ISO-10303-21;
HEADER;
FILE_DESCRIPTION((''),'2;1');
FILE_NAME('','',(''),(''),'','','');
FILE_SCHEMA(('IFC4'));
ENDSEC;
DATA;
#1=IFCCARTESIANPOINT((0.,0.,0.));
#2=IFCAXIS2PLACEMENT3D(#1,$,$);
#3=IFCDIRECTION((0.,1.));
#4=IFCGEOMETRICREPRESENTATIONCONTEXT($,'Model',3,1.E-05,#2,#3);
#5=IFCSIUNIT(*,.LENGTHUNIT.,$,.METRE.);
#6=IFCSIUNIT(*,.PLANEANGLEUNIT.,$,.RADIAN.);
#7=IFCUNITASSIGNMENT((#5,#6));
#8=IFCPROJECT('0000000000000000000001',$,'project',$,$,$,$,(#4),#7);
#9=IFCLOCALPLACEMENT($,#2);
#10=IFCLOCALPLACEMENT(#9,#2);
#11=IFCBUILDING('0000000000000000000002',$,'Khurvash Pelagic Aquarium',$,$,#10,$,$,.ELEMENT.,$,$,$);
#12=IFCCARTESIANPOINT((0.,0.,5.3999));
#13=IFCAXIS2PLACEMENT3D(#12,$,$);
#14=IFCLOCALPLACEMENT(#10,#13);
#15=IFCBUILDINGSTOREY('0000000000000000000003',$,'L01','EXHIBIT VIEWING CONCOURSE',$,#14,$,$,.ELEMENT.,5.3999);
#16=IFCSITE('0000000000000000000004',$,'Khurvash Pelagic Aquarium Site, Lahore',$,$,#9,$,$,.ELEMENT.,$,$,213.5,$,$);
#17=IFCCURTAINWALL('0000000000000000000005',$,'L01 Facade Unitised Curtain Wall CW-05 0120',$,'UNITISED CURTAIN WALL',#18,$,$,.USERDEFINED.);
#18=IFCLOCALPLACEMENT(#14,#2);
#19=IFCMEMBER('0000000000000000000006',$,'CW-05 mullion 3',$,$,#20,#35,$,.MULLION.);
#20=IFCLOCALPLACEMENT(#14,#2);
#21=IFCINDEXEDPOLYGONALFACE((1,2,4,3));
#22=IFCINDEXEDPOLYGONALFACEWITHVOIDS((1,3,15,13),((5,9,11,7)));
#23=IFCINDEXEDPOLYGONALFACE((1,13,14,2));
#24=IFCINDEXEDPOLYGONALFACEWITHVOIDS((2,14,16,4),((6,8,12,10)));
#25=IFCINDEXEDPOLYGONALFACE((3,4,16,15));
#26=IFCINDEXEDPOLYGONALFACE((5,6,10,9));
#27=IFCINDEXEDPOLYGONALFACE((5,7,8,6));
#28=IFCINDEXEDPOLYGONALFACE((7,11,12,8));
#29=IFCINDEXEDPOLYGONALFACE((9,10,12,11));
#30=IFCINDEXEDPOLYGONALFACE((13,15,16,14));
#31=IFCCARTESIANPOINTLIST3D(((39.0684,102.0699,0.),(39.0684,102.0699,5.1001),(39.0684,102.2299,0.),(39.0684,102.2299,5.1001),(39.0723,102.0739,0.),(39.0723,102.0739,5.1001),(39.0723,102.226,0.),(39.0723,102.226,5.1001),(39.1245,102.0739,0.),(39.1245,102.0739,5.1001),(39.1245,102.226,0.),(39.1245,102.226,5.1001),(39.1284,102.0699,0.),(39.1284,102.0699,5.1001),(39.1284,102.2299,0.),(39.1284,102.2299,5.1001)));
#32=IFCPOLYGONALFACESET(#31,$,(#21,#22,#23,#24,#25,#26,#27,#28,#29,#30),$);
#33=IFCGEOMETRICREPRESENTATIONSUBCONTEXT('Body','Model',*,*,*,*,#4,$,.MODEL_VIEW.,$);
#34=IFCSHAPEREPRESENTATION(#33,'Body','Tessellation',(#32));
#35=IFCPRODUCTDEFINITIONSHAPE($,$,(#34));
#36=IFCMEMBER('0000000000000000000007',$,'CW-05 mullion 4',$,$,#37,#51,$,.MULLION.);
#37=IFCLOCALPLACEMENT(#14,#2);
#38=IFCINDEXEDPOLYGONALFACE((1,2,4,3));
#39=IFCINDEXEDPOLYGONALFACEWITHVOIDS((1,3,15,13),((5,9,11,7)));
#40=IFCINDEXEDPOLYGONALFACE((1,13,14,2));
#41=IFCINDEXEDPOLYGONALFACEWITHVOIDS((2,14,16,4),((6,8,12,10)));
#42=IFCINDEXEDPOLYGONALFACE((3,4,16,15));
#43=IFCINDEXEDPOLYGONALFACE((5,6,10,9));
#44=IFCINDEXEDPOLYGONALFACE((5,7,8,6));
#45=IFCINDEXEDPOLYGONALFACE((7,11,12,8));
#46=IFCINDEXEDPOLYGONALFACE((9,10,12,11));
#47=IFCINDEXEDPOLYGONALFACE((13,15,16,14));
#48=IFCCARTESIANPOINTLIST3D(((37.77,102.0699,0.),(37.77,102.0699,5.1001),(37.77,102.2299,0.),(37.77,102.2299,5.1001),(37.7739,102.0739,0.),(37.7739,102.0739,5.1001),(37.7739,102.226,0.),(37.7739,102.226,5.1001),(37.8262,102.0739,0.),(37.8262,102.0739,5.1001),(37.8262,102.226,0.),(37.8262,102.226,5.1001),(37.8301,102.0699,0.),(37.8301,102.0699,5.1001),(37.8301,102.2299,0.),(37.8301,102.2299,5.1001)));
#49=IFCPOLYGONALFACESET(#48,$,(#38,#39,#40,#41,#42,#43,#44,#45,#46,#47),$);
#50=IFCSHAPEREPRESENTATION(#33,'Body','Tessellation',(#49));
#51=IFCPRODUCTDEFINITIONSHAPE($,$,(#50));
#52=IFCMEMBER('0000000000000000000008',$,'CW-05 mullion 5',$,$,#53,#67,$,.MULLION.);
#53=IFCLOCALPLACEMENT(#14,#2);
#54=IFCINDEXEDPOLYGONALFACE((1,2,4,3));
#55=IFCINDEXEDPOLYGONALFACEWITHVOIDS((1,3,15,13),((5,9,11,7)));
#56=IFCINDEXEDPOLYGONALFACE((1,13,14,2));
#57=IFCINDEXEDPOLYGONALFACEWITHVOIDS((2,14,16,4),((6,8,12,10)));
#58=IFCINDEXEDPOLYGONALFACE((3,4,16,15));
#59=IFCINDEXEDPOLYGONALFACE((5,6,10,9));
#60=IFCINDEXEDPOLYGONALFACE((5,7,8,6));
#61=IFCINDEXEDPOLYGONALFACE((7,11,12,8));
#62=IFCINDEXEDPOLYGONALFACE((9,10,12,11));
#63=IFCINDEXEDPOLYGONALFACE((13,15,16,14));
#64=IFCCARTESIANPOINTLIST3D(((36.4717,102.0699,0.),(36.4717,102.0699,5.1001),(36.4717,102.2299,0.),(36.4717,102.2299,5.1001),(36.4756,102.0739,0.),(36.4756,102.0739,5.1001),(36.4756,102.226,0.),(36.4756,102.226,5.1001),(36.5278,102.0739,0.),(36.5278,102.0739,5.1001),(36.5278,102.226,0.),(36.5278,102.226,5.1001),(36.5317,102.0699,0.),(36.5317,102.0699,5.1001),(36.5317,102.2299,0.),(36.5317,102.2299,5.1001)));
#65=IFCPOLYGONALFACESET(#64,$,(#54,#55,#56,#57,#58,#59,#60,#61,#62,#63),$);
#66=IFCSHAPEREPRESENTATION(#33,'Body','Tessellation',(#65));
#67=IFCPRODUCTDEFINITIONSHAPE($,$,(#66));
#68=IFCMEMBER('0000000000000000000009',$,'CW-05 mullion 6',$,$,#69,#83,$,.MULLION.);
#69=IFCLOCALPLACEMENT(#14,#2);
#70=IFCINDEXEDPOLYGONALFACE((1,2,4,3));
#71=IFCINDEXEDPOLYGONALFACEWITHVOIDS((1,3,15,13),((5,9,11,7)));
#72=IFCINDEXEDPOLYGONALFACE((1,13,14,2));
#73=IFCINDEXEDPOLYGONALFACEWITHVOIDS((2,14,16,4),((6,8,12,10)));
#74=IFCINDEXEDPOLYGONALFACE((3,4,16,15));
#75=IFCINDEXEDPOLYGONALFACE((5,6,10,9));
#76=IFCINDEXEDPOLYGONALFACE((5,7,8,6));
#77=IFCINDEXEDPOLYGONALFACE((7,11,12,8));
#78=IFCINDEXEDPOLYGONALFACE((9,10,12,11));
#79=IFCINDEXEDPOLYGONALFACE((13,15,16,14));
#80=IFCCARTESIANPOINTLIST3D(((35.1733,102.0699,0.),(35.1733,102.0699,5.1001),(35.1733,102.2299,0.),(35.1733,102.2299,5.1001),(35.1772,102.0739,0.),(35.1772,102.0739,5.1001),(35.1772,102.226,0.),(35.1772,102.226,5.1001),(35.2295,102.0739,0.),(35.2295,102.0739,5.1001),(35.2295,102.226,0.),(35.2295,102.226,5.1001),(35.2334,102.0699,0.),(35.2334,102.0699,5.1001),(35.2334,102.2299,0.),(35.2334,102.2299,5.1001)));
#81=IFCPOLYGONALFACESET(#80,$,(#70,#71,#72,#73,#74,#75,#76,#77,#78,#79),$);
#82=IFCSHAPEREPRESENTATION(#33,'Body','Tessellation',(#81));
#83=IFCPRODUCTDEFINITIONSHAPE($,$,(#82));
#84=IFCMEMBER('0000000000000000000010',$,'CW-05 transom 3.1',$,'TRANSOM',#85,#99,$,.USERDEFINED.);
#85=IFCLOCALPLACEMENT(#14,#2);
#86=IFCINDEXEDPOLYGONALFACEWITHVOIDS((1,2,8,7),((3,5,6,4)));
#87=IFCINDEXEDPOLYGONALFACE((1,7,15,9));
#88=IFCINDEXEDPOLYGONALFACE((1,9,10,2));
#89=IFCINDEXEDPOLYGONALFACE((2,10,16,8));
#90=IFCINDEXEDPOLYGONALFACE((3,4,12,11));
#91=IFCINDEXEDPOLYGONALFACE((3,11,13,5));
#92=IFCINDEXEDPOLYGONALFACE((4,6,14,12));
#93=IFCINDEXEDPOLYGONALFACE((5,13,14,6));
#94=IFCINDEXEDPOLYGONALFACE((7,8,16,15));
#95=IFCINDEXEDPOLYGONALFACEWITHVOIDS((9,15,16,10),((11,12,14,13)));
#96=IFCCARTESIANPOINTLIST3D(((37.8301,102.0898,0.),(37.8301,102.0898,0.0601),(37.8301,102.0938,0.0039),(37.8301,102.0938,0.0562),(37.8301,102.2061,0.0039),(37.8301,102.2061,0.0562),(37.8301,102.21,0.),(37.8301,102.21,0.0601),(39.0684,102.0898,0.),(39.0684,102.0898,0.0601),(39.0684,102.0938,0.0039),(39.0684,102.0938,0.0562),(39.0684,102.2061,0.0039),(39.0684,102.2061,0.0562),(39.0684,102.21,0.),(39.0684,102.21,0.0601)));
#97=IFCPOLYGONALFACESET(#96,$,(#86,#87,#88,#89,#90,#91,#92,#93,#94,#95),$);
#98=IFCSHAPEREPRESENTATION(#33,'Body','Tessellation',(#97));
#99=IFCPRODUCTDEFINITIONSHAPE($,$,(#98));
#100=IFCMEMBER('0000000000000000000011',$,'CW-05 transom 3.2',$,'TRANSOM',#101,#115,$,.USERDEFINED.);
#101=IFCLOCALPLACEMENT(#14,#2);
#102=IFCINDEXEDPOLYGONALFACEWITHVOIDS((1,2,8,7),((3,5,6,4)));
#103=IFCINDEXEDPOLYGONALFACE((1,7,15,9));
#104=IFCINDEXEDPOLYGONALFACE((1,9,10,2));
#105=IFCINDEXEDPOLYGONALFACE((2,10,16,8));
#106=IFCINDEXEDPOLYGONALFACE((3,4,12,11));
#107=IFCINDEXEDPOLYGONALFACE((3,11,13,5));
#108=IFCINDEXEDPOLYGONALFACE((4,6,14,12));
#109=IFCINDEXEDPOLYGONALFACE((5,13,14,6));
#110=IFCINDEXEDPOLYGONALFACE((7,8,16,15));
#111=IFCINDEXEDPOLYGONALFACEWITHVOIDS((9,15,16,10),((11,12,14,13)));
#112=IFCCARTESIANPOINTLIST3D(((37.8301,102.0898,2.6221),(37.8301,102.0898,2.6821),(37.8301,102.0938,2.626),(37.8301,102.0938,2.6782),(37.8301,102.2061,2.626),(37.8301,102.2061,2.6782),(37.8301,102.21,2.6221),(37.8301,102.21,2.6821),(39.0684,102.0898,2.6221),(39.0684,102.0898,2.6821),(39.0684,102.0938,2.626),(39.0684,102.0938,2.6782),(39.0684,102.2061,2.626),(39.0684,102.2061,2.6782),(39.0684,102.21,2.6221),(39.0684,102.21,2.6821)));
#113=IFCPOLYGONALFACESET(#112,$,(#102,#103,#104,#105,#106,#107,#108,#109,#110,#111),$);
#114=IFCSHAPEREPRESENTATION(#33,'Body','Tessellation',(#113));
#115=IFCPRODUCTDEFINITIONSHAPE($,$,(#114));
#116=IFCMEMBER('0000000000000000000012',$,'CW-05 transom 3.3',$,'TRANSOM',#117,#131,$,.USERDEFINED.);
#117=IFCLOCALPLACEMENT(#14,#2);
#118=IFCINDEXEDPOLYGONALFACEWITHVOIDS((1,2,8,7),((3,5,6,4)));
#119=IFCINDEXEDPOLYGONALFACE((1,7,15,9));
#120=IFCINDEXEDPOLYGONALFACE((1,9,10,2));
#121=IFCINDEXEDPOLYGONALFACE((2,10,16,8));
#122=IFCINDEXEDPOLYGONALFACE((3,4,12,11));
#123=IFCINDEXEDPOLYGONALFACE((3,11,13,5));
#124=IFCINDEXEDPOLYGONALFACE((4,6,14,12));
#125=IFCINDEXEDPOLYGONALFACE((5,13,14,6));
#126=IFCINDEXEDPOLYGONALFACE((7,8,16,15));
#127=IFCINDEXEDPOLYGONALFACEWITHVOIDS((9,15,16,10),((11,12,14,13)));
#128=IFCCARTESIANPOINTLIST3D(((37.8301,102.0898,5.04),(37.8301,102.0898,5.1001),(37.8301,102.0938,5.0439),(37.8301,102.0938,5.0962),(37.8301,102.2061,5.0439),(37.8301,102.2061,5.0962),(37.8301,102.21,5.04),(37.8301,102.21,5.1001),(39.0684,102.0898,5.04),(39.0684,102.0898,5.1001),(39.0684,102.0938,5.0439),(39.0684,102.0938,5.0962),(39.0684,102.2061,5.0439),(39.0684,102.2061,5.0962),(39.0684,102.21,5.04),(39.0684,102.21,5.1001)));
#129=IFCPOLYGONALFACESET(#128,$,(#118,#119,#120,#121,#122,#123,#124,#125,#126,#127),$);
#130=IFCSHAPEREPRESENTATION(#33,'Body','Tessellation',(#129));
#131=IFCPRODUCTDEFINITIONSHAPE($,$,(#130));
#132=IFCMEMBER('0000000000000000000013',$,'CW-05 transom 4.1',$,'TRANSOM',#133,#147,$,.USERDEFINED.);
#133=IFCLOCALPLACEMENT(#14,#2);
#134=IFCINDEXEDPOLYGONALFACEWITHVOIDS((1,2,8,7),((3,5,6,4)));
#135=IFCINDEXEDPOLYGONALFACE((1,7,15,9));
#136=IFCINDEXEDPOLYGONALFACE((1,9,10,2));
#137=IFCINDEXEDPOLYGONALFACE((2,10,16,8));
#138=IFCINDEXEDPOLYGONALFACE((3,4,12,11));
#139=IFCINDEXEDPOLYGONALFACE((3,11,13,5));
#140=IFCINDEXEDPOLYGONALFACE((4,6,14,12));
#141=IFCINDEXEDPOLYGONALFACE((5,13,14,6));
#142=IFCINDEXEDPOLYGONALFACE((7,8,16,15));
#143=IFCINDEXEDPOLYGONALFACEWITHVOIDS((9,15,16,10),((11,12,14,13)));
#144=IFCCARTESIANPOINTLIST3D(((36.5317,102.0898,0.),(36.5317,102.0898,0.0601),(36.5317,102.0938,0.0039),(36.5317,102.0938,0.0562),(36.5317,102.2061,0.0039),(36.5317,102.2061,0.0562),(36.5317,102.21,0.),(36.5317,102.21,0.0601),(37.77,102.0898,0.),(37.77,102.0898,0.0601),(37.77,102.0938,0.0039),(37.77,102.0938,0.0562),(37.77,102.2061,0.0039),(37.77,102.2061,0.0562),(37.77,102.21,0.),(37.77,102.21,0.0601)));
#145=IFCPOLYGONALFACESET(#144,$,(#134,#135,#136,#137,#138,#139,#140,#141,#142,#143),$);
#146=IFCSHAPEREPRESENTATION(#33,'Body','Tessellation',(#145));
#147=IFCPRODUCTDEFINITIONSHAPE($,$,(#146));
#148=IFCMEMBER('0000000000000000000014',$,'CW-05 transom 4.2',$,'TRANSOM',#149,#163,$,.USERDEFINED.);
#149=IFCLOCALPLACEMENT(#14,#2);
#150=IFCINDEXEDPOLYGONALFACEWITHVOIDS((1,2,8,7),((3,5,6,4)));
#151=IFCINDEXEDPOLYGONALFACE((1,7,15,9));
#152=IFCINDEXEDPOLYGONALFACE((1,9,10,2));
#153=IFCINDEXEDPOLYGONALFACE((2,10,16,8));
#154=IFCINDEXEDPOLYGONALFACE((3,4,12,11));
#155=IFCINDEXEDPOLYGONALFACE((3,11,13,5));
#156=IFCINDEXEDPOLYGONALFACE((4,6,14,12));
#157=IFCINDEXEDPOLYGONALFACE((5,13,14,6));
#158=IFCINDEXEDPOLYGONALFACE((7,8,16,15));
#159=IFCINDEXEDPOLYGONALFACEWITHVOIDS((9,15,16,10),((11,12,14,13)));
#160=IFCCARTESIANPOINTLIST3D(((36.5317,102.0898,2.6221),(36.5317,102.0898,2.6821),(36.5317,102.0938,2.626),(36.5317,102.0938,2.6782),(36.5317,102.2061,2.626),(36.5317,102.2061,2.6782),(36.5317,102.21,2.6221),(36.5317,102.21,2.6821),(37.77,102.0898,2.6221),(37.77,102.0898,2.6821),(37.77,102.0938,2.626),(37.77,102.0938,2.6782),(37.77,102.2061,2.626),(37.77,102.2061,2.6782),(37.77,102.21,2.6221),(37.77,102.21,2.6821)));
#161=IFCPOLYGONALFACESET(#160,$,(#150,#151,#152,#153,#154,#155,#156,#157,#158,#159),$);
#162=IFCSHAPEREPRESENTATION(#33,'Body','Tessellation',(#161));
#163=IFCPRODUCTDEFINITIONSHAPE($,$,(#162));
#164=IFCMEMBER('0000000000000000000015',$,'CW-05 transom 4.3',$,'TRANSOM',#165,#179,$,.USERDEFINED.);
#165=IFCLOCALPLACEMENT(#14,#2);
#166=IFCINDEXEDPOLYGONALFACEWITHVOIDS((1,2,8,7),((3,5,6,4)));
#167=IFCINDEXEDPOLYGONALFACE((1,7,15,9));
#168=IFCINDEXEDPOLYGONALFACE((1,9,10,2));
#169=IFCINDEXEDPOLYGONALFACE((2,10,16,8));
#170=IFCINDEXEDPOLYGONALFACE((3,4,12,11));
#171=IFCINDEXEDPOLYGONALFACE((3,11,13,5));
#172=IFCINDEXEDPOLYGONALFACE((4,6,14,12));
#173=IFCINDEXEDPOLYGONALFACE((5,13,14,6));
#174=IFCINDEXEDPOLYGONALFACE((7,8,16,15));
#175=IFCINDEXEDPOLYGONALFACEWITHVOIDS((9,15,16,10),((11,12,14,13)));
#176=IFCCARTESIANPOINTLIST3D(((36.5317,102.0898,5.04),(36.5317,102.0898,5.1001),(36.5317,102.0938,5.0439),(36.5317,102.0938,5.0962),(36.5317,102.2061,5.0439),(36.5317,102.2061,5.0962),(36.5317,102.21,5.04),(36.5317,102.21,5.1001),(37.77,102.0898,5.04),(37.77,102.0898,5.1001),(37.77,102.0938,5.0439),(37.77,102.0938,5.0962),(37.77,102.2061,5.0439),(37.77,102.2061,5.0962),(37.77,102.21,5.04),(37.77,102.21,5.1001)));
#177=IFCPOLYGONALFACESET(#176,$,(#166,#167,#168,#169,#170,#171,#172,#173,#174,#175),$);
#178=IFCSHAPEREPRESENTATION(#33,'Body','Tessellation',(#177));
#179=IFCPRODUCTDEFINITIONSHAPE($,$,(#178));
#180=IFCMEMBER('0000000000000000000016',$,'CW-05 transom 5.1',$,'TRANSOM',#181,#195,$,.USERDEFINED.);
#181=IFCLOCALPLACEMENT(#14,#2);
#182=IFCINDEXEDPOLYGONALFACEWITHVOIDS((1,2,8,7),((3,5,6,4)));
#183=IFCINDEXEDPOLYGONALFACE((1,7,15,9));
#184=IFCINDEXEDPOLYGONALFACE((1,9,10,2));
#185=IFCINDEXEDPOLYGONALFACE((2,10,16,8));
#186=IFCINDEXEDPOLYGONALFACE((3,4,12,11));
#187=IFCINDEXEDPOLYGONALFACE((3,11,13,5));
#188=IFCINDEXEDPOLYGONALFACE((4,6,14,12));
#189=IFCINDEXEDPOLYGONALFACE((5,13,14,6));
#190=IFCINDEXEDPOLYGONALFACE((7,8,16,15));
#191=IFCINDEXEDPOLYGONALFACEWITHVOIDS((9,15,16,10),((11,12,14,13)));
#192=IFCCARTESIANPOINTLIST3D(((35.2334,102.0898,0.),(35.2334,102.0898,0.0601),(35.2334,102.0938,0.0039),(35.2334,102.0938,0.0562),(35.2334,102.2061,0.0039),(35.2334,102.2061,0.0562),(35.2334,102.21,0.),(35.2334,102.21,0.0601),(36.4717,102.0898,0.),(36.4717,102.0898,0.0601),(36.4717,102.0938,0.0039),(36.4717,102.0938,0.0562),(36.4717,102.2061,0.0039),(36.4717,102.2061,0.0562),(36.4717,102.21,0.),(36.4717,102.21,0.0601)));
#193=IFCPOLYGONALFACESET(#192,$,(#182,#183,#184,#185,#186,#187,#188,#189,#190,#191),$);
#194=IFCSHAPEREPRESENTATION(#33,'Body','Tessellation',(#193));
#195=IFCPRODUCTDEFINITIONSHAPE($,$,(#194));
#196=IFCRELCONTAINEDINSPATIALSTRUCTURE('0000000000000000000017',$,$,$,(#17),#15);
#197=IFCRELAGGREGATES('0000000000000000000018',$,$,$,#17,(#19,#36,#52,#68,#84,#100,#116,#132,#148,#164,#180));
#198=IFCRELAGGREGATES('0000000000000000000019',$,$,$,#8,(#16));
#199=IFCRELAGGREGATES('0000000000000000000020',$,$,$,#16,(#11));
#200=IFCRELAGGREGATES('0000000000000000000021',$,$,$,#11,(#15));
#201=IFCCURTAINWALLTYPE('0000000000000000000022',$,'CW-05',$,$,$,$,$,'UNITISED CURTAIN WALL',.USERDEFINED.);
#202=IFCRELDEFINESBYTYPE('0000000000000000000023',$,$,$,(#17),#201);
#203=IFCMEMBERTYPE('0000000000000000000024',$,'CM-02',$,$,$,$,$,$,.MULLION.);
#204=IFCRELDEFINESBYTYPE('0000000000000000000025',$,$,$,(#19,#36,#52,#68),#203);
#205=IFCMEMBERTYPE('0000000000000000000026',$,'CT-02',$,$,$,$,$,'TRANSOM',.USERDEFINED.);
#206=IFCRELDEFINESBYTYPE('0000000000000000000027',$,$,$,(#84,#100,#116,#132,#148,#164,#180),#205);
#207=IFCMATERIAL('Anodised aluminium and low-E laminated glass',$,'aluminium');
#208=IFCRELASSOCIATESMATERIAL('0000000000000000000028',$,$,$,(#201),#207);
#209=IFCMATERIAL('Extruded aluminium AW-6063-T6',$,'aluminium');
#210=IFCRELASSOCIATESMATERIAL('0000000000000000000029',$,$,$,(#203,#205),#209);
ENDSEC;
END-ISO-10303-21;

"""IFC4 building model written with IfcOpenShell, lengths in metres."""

from ifc_helpers import new_model, si_unit, direction, frame, origin, origin_2d, place, context, subcontext, project, spatial, hollow_rectangle, extrude, material, material_profile, profile_set, type_object, element, aggregate, save


model = new_model("IFC4")

# Units and contexts
model_context = context("Model", 3, precision=1e-05, world=origin(), true_north=direction((0.0, 1.0)))
body_context = subcontext(model_context, "Body", "Model", "MODEL_VIEW")
ifc_project = project(units=[si_unit("LENGTHUNIT", "METRE"), si_unit("PLANEANGLEUNIT", "RADIAN")], contexts=[model_context])

# Site, building, storey
site_placement = place(None, origin())
site = spatial("IfcSite", under=ifc_project, at=site_placement, Name="Khurvash Pelagic Aquarium Site, Lahore", CompositionType="ELEMENT", RefElevation=213.5)
building_placement = place(site_placement, origin())
building = spatial("IfcBuilding", under=site, at=building_placement, Name="Khurvash Pelagic Aquarium", CompositionType="ELEMENT")
storey_placement = place(building_placement, frame((0.0, 0.0, 5.3999)))
storey = spatial("IfcBuildingStorey", under=building, at=storey_placement, Name="L01", Description="EXHIBIT VIEWING CONCOURSE", CompositionType="ELEMENT", Elevation=5.3999)

# Curtain wall, members
ifc_material_1 = material(Name="Anodised aluminium and low-E laminated glass", Category="aluminium")
curtain_wall_type = type_object("IfcCurtainWallType", Name="CW-05", ElementType="UNITISED CURTAIN WALL", PredefinedType="USERDEFINED", material=ifc_material_1)
curtain_wall_placement = place(storey_placement, origin())
curtain_wall = element("IfcCurtainWall", 1, at=curtain_wall_placement, inside=storey, type_object=curtain_wall_type, Name="L01 Facade Unitised Curtain Wall CW-05 0120", ObjectType="UNITISED CURTAIN WALL", PredefinedType="USERDEFINED")
ifc_material_2 = material(Name="Extruded aluminium AW-6063-T6", Category="aluminium")
ifc_material_profile_1 = material_profile(ifc_material_2, hollow_rectangle(XDim=0.0601, YDim=0.1599, WallThickness=0.0039, at=origin_2d()), Name="CWM60X160X4")
ifc_profile_set_1 = profile_set([ifc_material_profile_1], Name="Extruded aluminium AW-6063-T6")
member_type_1 = type_object("IfcMemberType", Name="CM-02", PredefinedType="MULLION", material=ifc_profile_set_1)
member_1_placement = place(storey_placement, frame((39.0984, 102.1499, 0.0), z_axis=(0.0, 0.0, 1.0), x_axis=(-1.0, 0.0, 0.0)))
member_1 = element("IfcMember", 2, at=member_1_placement, type_object=member_type_1, Name="CW-05 mullion 3", PredefinedType="MULLION", context=body_context, shape_type="SweptSolid", body=[
    extrude(hollow_rectangle(XDim=0.0601, YDim=0.1599, WallThickness=0.0039, at=origin_2d()), origin(), (0.0, 0.0, 1.0), 5.1001),
])
member_2_placement = place(storey_placement, frame((37.8, 102.1499, 0.0), z_axis=(0.0, 0.0, 1.0), x_axis=(-1.0, 0.0, 0.0)))
member_2 = element("IfcMember", 3, at=member_2_placement, type_object=member_type_1, Name="CW-05 mullion 4", PredefinedType="MULLION", context=body_context, shape_type="SweptSolid", body=[
    extrude(hollow_rectangle(XDim=0.0601, YDim=0.1599, WallThickness=0.0039, at=origin_2d()), origin(), (0.0, 0.0, 1.0), 5.1001),
])
member_3_placement = place(storey_placement, frame((36.5017, 102.1499, 0.0), z_axis=(0.0, 0.0, 1.0), x_axis=(-1.0, 0.0, 0.0)))
member_3 = element("IfcMember", 4, at=member_3_placement, type_object=member_type_1, Name="CW-05 mullion 5", PredefinedType="MULLION", context=body_context, shape_type="SweptSolid", body=[
    extrude(hollow_rectangle(XDim=0.0601, YDim=0.1599, WallThickness=0.0039, at=origin_2d()), origin(), (0.0, 0.0, 1.0), 5.1001),
])
member_4_placement = place(storey_placement, frame((35.2034, 102.1499, 0.0), z_axis=(0.0, 0.0, 1.0), x_axis=(-1.0, 0.0, 0.0)))
member_4 = element("IfcMember", 5, at=member_4_placement, type_object=member_type_1, Name="CW-05 mullion 6", PredefinedType="MULLION", context=body_context, shape_type="SweptSolid", body=[
    extrude(hollow_rectangle(XDim=0.0601, YDim=0.1599, WallThickness=0.0039, at=origin_2d()), origin(), (0.0, 0.0, 1.0), 5.1001),
])
ifc_material_profile_2 = material_profile(ifc_material_2, hollow_rectangle(XDim=0.1201, YDim=0.0601, WallThickness=0.0039, at=origin_2d()), Name="CWT120X60X4")
ifc_profile_set_2 = profile_set([ifc_material_profile_2], Name="Extruded aluminium AW-6063-T6")
member_type_2 = type_object("IfcMemberType", Name="CT-02", ElementType="TRANSOM", PredefinedType="USERDEFINED", material=ifc_profile_set_2)
member_5_placement = place(storey_placement, frame((39.0684, 102.1499, 0.03), z_axis=(-1.0, 0.0, 0.0), x_axis=(0.0, -1.0, 0.0)))
member_5 = element("IfcMember", 6, at=member_5_placement, type_object=member_type_2, Name="CW-05 transom 3.1", ObjectType="TRANSOM", PredefinedType="USERDEFINED", context=body_context, shape_type="SweptSolid", body=[
    extrude(hollow_rectangle(XDim=0.1201, YDim=0.0601, WallThickness=0.0039, at=origin_2d()), origin(), (0.0, 0.0, 1.0), 1.2383),
])
member_6_placement = place(storey_placement, frame((39.0684, 102.1499, 2.6521), z_axis=(-1.0, 0.0, 0.0), x_axis=(0.0, -1.0, 0.0)))
member_6 = element("IfcMember", 7, at=member_6_placement, type_object=member_type_2, Name="CW-05 transom 3.2", ObjectType="TRANSOM", PredefinedType="USERDEFINED", context=body_context, shape_type="SweptSolid", body=[
    extrude(hollow_rectangle(XDim=0.1201, YDim=0.0601, WallThickness=0.0039, at=origin_2d()), origin(), (0.0, 0.0, 1.0), 1.2383),
])
member_7_placement = place(storey_placement, frame((39.0684, 102.1499, 5.0701), z_axis=(-1.0, 0.0, 0.0), x_axis=(0.0, -1.0, 0.0)))
member_7 = element("IfcMember", 8, at=member_7_placement, type_object=member_type_2, Name="CW-05 transom 3.3", ObjectType="TRANSOM", PredefinedType="USERDEFINED", context=body_context, shape_type="SweptSolid", body=[
    extrude(hollow_rectangle(XDim=0.1201, YDim=0.0601, WallThickness=0.0039, at=origin_2d()), origin(), (0.0, 0.0, 1.0), 1.2383),
])
member_8_placement = place(storey_placement, frame((37.77, 102.1499, 0.03), z_axis=(-1.0, 0.0, 0.0), x_axis=(0.0, -1.0, 0.0)))
member_8 = element("IfcMember", 9, at=member_8_placement, type_object=member_type_2, Name="CW-05 transom 4.1", ObjectType="TRANSOM", PredefinedType="USERDEFINED", context=body_context, shape_type="SweptSolid", body=[
    extrude(hollow_rectangle(XDim=0.1201, YDim=0.0601, WallThickness=0.0039, at=origin_2d()), origin(), (0.0, 0.0, 1.0), 1.2383),
])
member_9_placement = place(storey_placement, frame((37.77, 102.1499, 2.6521), z_axis=(-1.0, 0.0, 0.0), x_axis=(0.0, -1.0, 0.0)))
member_9 = element("IfcMember", 10, at=member_9_placement, type_object=member_type_2, Name="CW-05 transom 4.2", ObjectType="TRANSOM", PredefinedType="USERDEFINED", context=body_context, shape_type="SweptSolid", body=[
    extrude(hollow_rectangle(XDim=0.1201, YDim=0.0601, WallThickness=0.0039, at=origin_2d()), origin(), (0.0, 0.0, 1.0), 1.2383),
])
member_10_placement = place(storey_placement, frame((37.77, 102.1499, 5.0701), z_axis=(-1.0, 0.0, 0.0), x_axis=(0.0, -1.0, 0.0)))
member_10 = element("IfcMember", 11, at=member_10_placement, type_object=member_type_2, Name="CW-05 transom 4.3", ObjectType="TRANSOM", PredefinedType="USERDEFINED", context=body_context, shape_type="SweptSolid", body=[
    extrude(hollow_rectangle(XDim=0.1201, YDim=0.0601, WallThickness=0.0039, at=origin_2d()), origin(), (0.0, 0.0, 1.0), 1.2383),
])
member_11_placement = place(storey_placement, frame((36.4717, 102.1499, 0.03), z_axis=(-1.0, 0.0, 0.0), x_axis=(0.0, -1.0, 0.0)))
member_11 = element("IfcMember", 12, at=member_11_placement, type_object=member_type_2, Name="CW-05 transom 5.1", ObjectType="TRANSOM", PredefinedType="USERDEFINED", context=body_context, shape_type="SweptSolid", body=[
    extrude(hollow_rectangle(XDim=0.1201, YDim=0.0601, WallThickness=0.0039, at=origin_2d()), origin(), (0.0, 0.0, 1.0), 1.2383),
])
aggregate(curtain_wall, [member_1, member_2, member_3, member_4, member_5, member_6, member_7, member_8, member_9, member_10, member_11])

save(model, "model.ifc")
